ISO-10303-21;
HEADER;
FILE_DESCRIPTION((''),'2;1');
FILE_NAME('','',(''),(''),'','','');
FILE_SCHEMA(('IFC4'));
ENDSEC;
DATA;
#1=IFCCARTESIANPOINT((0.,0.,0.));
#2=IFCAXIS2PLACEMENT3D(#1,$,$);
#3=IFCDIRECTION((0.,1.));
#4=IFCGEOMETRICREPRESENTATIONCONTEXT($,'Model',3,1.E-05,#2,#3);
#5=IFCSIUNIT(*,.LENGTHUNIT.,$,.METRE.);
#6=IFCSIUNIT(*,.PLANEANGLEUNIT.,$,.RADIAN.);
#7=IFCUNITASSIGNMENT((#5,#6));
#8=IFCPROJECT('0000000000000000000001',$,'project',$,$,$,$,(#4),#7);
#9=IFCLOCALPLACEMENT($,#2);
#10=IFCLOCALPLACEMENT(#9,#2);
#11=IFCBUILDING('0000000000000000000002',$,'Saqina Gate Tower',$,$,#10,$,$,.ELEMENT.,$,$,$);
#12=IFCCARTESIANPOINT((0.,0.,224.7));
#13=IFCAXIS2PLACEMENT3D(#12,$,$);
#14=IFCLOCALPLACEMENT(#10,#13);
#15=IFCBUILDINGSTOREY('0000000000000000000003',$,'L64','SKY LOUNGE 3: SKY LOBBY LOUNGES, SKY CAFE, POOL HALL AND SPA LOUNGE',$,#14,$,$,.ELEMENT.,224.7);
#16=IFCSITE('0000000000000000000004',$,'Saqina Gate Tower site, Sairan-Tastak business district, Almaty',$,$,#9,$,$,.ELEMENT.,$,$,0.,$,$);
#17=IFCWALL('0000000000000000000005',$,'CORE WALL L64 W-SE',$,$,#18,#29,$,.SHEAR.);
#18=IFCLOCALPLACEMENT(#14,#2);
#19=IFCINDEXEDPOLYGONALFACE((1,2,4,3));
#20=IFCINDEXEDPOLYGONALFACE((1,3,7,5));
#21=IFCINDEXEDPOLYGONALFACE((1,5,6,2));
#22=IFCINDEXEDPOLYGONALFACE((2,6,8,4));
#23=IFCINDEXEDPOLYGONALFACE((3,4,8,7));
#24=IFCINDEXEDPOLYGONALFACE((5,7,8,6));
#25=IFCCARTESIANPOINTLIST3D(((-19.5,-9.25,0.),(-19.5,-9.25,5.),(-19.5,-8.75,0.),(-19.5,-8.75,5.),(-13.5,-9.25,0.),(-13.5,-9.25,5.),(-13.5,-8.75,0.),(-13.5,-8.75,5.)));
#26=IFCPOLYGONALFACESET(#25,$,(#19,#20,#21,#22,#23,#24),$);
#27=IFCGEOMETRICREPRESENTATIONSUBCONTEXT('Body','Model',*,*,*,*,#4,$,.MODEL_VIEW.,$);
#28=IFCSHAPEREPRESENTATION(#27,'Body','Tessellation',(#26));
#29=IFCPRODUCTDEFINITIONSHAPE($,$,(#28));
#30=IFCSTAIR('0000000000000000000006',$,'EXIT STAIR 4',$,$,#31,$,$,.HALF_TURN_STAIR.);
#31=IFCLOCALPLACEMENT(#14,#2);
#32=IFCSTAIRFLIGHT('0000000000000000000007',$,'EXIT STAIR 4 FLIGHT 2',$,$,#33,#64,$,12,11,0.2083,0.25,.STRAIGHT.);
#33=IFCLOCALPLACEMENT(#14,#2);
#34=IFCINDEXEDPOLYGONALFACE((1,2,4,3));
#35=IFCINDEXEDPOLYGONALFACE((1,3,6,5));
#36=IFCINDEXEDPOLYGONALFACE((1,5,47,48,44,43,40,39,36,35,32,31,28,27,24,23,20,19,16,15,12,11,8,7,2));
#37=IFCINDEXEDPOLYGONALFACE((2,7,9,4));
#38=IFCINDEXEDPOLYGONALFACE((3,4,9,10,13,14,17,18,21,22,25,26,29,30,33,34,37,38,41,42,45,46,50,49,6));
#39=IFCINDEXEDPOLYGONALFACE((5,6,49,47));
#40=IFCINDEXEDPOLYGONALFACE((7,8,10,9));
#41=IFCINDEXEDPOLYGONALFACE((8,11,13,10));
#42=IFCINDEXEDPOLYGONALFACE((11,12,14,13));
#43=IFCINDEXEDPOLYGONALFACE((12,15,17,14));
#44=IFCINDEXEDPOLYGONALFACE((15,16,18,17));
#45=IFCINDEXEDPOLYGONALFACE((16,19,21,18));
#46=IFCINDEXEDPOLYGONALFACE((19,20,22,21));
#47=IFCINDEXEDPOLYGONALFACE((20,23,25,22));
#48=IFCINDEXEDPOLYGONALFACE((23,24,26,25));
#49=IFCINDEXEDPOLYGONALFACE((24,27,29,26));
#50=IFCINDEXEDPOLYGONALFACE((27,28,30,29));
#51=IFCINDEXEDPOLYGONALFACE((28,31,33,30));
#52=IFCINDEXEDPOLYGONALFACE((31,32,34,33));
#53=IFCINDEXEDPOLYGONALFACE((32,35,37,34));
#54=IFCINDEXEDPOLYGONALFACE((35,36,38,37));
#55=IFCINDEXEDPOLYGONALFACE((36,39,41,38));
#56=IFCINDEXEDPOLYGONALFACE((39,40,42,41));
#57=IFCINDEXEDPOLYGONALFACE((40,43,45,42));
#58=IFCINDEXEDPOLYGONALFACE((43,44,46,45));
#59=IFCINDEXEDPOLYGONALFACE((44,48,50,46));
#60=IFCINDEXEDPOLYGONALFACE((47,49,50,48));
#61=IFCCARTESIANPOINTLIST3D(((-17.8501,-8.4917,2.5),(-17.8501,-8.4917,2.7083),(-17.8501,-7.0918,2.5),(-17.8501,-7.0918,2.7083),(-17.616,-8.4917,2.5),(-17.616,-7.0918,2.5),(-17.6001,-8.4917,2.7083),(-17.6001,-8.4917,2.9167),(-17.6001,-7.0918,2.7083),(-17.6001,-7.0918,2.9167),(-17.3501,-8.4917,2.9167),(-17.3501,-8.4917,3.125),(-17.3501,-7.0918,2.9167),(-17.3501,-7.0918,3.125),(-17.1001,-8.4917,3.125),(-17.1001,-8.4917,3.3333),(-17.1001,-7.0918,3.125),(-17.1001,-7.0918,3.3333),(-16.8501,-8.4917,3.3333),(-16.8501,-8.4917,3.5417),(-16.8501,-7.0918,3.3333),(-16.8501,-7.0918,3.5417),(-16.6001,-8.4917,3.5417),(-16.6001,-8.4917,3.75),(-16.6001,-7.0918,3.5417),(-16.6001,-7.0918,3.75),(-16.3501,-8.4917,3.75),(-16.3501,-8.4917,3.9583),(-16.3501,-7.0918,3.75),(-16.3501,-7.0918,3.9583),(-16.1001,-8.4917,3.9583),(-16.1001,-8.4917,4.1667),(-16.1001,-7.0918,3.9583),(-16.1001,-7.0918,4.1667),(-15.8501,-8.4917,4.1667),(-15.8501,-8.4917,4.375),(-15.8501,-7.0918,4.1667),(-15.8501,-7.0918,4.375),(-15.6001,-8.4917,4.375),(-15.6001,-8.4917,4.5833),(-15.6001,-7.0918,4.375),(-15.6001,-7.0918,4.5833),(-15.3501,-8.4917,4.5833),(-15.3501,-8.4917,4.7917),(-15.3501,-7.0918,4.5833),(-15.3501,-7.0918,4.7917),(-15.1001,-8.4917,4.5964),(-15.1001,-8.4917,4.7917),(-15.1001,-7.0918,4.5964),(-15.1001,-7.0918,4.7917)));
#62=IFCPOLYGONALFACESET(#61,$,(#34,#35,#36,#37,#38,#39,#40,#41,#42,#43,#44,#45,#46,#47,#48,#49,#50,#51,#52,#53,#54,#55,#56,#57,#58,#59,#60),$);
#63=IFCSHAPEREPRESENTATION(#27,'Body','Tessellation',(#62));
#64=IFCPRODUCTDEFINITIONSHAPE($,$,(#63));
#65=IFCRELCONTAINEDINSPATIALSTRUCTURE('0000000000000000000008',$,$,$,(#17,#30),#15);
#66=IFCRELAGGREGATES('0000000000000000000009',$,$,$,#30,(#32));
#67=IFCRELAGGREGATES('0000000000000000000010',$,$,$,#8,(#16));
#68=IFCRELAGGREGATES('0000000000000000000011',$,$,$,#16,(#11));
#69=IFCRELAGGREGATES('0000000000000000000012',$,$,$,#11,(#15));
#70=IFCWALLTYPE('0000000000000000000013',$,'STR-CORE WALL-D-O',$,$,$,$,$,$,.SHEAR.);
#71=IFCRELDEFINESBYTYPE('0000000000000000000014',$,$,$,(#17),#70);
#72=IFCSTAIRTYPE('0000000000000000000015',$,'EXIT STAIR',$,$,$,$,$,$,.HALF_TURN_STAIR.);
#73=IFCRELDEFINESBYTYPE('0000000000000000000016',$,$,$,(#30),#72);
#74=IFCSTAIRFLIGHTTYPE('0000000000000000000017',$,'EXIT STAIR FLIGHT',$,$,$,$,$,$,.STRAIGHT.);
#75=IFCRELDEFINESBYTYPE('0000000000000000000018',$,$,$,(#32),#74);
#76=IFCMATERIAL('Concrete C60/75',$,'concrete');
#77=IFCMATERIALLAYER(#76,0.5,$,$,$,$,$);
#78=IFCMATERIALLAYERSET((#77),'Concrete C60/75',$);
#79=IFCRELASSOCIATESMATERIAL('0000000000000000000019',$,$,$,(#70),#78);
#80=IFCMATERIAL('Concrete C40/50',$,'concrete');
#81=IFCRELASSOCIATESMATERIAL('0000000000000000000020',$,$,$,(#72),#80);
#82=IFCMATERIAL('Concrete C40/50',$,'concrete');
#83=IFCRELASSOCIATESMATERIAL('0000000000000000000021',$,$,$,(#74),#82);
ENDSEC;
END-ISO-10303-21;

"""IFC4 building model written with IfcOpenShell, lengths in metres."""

from ifc_helpers import new_model, si_unit, direction, frame, frame_2d, origin, place, context, subcontext, project, spatial, polyline, rectangle, outline, extrude, material, layer, layer_set, type_object, element, aggregate, save


model = new_model("IFC4")

# Units and contexts
model_context = context("Model", 3, precision=1e-05, world=origin(), true_north=direction((0.0, 1.0)))
body_context = subcontext(model_context, "Body", "Model", "MODEL_VIEW")
ifc_project = project(units=[si_unit("LENGTHUNIT", "METRE"), si_unit("PLANEANGLEUNIT", "RADIAN")], contexts=[model_context])

# Site, building, storey
site_placement = place(None, origin())
site = spatial("IfcSite", under=ifc_project, at=site_placement, Name="Saqina Gate Tower site, Sairan-Tastak business district, Almaty", CompositionType="ELEMENT", RefElevation=0.0)
building_placement = place(site_placement, origin())
building = spatial("IfcBuilding", under=site, at=building_placement, Name="Saqina Gate Tower", CompositionType="ELEMENT")
storey_placement = place(building_placement, frame((0.0, 0.0, 224.7)))
storey = spatial("IfcBuildingStorey", under=building, at=storey_placement, Name="L64", Description="SKY LOUNGE 3: SKY LOBBY LOUNGES, SKY CAFE, POOL HALL AND SPA LOUNGE", CompositionType="ELEMENT", Elevation=224.7)

# Shared definitions
ifc_material_1 = material(Name="Concrete C60/75", Category="concrete")
ifc_layer_1 = layer(ifc_material_1, 0.5)
ifc_layer_set_1 = layer_set([ifc_layer_1], Name="Concrete C60/75")
wall_type_1 = type_object("IfcWallType", Name="STR-CORE WALL-D-O", PredefinedType="SHEAR", material=ifc_layer_set_1)

# Wall
wall_1_placement = place(storey_placement, frame((-13.5, -9.0, 0.0), z_axis=(0.0, 0.0, 1.0), x_axis=(-1.0, 0.0, 0.0)))
element("IfcWall", 1, at=wall_1_placement, inside=storey, type_object=wall_type_1, Name="CORE WALL L64 W-SE", PredefinedType="SHEAR", context=body_context, shape_type="SweptSolid", body=[
    extrude(rectangle(XDim=6.0, YDim=0.5, at=frame_2d((3.0, 0.0))), origin(), (0.0, 0.0, 1.0), 5.0),
])

# Stair, stair flight
ifc_material_2 = material(Name="Concrete C40/50", Category="concrete")
stair_type = type_object("IfcStairType", Name="EXIT STAIR", PredefinedType="HALF_TURN_STAIR", material=ifc_material_2)
stair_placement = place(storey_placement, origin())
stair = element("IfcStair", 2, at=stair_placement, inside=storey, type_object=stair_type, Name="EXIT STAIR 4", PredefinedType="HALF_TURN_STAIR")
ifc_material_3 = material(Name="Concrete C40/50", Category="concrete")
stair_flight_type = type_object("IfcStairFlightType", Name="EXIT STAIR FLIGHT", PredefinedType="STRAIGHT", material=ifc_material_3)
stair_flight_placement = place(storey_placement, frame((-17.8501, -7.7917, 2.5), z_axis=(0.0, 0.0, 1.0), x_axis=(1.0, 0.0, 0.0)))
stair_flight = element("IfcStairFlight", 3, at=stair_flight_placement, type_object=stair_flight_type, Name="EXIT STAIR 4 FLIGHT 2", NumberOfRisers=12, NumberOfTreads=11, PredefinedType="STRAIGHT", RiserHeight=0.2083, TreadLength=0.25, context=body_context, shape_type="SweptSolid", body=[
    extrude(outline(polyline([(0.0, 0.0), (0.0, 0.2083), (0.25, 0.2083), (0.25, 0.4167), (0.5, 0.4167), (0.5, 0.625), (0.75, 0.625), (0.75, 0.8333), (1.0, 0.8333), (1.0, 1.0417), (1.25, 1.0417), (1.25, 1.25), (1.5, 1.25), (1.5, 1.4583), (1.75, 1.4583), (1.75, 1.6667), (2.0, 1.6667), (2.0, 1.875), (2.25, 1.875), (2.25, 2.0833), (2.5, 2.0833), (2.5, 2.2917), (2.75, 2.2917), (2.75, 2.5), (2.75, 2.0964), (0.2341, 0.0), (0.0, 0.0)])), frame((0.0, 0.7, 0.0), z_axis=(0.0, -1.0, 0.0), x_axis=(1.0, 0.0, 0.0)), (0.0, 0.0, 1.0), 1.3999),
])
aggregate(stair, [stair_flight])

save(model, "model.ifc")
